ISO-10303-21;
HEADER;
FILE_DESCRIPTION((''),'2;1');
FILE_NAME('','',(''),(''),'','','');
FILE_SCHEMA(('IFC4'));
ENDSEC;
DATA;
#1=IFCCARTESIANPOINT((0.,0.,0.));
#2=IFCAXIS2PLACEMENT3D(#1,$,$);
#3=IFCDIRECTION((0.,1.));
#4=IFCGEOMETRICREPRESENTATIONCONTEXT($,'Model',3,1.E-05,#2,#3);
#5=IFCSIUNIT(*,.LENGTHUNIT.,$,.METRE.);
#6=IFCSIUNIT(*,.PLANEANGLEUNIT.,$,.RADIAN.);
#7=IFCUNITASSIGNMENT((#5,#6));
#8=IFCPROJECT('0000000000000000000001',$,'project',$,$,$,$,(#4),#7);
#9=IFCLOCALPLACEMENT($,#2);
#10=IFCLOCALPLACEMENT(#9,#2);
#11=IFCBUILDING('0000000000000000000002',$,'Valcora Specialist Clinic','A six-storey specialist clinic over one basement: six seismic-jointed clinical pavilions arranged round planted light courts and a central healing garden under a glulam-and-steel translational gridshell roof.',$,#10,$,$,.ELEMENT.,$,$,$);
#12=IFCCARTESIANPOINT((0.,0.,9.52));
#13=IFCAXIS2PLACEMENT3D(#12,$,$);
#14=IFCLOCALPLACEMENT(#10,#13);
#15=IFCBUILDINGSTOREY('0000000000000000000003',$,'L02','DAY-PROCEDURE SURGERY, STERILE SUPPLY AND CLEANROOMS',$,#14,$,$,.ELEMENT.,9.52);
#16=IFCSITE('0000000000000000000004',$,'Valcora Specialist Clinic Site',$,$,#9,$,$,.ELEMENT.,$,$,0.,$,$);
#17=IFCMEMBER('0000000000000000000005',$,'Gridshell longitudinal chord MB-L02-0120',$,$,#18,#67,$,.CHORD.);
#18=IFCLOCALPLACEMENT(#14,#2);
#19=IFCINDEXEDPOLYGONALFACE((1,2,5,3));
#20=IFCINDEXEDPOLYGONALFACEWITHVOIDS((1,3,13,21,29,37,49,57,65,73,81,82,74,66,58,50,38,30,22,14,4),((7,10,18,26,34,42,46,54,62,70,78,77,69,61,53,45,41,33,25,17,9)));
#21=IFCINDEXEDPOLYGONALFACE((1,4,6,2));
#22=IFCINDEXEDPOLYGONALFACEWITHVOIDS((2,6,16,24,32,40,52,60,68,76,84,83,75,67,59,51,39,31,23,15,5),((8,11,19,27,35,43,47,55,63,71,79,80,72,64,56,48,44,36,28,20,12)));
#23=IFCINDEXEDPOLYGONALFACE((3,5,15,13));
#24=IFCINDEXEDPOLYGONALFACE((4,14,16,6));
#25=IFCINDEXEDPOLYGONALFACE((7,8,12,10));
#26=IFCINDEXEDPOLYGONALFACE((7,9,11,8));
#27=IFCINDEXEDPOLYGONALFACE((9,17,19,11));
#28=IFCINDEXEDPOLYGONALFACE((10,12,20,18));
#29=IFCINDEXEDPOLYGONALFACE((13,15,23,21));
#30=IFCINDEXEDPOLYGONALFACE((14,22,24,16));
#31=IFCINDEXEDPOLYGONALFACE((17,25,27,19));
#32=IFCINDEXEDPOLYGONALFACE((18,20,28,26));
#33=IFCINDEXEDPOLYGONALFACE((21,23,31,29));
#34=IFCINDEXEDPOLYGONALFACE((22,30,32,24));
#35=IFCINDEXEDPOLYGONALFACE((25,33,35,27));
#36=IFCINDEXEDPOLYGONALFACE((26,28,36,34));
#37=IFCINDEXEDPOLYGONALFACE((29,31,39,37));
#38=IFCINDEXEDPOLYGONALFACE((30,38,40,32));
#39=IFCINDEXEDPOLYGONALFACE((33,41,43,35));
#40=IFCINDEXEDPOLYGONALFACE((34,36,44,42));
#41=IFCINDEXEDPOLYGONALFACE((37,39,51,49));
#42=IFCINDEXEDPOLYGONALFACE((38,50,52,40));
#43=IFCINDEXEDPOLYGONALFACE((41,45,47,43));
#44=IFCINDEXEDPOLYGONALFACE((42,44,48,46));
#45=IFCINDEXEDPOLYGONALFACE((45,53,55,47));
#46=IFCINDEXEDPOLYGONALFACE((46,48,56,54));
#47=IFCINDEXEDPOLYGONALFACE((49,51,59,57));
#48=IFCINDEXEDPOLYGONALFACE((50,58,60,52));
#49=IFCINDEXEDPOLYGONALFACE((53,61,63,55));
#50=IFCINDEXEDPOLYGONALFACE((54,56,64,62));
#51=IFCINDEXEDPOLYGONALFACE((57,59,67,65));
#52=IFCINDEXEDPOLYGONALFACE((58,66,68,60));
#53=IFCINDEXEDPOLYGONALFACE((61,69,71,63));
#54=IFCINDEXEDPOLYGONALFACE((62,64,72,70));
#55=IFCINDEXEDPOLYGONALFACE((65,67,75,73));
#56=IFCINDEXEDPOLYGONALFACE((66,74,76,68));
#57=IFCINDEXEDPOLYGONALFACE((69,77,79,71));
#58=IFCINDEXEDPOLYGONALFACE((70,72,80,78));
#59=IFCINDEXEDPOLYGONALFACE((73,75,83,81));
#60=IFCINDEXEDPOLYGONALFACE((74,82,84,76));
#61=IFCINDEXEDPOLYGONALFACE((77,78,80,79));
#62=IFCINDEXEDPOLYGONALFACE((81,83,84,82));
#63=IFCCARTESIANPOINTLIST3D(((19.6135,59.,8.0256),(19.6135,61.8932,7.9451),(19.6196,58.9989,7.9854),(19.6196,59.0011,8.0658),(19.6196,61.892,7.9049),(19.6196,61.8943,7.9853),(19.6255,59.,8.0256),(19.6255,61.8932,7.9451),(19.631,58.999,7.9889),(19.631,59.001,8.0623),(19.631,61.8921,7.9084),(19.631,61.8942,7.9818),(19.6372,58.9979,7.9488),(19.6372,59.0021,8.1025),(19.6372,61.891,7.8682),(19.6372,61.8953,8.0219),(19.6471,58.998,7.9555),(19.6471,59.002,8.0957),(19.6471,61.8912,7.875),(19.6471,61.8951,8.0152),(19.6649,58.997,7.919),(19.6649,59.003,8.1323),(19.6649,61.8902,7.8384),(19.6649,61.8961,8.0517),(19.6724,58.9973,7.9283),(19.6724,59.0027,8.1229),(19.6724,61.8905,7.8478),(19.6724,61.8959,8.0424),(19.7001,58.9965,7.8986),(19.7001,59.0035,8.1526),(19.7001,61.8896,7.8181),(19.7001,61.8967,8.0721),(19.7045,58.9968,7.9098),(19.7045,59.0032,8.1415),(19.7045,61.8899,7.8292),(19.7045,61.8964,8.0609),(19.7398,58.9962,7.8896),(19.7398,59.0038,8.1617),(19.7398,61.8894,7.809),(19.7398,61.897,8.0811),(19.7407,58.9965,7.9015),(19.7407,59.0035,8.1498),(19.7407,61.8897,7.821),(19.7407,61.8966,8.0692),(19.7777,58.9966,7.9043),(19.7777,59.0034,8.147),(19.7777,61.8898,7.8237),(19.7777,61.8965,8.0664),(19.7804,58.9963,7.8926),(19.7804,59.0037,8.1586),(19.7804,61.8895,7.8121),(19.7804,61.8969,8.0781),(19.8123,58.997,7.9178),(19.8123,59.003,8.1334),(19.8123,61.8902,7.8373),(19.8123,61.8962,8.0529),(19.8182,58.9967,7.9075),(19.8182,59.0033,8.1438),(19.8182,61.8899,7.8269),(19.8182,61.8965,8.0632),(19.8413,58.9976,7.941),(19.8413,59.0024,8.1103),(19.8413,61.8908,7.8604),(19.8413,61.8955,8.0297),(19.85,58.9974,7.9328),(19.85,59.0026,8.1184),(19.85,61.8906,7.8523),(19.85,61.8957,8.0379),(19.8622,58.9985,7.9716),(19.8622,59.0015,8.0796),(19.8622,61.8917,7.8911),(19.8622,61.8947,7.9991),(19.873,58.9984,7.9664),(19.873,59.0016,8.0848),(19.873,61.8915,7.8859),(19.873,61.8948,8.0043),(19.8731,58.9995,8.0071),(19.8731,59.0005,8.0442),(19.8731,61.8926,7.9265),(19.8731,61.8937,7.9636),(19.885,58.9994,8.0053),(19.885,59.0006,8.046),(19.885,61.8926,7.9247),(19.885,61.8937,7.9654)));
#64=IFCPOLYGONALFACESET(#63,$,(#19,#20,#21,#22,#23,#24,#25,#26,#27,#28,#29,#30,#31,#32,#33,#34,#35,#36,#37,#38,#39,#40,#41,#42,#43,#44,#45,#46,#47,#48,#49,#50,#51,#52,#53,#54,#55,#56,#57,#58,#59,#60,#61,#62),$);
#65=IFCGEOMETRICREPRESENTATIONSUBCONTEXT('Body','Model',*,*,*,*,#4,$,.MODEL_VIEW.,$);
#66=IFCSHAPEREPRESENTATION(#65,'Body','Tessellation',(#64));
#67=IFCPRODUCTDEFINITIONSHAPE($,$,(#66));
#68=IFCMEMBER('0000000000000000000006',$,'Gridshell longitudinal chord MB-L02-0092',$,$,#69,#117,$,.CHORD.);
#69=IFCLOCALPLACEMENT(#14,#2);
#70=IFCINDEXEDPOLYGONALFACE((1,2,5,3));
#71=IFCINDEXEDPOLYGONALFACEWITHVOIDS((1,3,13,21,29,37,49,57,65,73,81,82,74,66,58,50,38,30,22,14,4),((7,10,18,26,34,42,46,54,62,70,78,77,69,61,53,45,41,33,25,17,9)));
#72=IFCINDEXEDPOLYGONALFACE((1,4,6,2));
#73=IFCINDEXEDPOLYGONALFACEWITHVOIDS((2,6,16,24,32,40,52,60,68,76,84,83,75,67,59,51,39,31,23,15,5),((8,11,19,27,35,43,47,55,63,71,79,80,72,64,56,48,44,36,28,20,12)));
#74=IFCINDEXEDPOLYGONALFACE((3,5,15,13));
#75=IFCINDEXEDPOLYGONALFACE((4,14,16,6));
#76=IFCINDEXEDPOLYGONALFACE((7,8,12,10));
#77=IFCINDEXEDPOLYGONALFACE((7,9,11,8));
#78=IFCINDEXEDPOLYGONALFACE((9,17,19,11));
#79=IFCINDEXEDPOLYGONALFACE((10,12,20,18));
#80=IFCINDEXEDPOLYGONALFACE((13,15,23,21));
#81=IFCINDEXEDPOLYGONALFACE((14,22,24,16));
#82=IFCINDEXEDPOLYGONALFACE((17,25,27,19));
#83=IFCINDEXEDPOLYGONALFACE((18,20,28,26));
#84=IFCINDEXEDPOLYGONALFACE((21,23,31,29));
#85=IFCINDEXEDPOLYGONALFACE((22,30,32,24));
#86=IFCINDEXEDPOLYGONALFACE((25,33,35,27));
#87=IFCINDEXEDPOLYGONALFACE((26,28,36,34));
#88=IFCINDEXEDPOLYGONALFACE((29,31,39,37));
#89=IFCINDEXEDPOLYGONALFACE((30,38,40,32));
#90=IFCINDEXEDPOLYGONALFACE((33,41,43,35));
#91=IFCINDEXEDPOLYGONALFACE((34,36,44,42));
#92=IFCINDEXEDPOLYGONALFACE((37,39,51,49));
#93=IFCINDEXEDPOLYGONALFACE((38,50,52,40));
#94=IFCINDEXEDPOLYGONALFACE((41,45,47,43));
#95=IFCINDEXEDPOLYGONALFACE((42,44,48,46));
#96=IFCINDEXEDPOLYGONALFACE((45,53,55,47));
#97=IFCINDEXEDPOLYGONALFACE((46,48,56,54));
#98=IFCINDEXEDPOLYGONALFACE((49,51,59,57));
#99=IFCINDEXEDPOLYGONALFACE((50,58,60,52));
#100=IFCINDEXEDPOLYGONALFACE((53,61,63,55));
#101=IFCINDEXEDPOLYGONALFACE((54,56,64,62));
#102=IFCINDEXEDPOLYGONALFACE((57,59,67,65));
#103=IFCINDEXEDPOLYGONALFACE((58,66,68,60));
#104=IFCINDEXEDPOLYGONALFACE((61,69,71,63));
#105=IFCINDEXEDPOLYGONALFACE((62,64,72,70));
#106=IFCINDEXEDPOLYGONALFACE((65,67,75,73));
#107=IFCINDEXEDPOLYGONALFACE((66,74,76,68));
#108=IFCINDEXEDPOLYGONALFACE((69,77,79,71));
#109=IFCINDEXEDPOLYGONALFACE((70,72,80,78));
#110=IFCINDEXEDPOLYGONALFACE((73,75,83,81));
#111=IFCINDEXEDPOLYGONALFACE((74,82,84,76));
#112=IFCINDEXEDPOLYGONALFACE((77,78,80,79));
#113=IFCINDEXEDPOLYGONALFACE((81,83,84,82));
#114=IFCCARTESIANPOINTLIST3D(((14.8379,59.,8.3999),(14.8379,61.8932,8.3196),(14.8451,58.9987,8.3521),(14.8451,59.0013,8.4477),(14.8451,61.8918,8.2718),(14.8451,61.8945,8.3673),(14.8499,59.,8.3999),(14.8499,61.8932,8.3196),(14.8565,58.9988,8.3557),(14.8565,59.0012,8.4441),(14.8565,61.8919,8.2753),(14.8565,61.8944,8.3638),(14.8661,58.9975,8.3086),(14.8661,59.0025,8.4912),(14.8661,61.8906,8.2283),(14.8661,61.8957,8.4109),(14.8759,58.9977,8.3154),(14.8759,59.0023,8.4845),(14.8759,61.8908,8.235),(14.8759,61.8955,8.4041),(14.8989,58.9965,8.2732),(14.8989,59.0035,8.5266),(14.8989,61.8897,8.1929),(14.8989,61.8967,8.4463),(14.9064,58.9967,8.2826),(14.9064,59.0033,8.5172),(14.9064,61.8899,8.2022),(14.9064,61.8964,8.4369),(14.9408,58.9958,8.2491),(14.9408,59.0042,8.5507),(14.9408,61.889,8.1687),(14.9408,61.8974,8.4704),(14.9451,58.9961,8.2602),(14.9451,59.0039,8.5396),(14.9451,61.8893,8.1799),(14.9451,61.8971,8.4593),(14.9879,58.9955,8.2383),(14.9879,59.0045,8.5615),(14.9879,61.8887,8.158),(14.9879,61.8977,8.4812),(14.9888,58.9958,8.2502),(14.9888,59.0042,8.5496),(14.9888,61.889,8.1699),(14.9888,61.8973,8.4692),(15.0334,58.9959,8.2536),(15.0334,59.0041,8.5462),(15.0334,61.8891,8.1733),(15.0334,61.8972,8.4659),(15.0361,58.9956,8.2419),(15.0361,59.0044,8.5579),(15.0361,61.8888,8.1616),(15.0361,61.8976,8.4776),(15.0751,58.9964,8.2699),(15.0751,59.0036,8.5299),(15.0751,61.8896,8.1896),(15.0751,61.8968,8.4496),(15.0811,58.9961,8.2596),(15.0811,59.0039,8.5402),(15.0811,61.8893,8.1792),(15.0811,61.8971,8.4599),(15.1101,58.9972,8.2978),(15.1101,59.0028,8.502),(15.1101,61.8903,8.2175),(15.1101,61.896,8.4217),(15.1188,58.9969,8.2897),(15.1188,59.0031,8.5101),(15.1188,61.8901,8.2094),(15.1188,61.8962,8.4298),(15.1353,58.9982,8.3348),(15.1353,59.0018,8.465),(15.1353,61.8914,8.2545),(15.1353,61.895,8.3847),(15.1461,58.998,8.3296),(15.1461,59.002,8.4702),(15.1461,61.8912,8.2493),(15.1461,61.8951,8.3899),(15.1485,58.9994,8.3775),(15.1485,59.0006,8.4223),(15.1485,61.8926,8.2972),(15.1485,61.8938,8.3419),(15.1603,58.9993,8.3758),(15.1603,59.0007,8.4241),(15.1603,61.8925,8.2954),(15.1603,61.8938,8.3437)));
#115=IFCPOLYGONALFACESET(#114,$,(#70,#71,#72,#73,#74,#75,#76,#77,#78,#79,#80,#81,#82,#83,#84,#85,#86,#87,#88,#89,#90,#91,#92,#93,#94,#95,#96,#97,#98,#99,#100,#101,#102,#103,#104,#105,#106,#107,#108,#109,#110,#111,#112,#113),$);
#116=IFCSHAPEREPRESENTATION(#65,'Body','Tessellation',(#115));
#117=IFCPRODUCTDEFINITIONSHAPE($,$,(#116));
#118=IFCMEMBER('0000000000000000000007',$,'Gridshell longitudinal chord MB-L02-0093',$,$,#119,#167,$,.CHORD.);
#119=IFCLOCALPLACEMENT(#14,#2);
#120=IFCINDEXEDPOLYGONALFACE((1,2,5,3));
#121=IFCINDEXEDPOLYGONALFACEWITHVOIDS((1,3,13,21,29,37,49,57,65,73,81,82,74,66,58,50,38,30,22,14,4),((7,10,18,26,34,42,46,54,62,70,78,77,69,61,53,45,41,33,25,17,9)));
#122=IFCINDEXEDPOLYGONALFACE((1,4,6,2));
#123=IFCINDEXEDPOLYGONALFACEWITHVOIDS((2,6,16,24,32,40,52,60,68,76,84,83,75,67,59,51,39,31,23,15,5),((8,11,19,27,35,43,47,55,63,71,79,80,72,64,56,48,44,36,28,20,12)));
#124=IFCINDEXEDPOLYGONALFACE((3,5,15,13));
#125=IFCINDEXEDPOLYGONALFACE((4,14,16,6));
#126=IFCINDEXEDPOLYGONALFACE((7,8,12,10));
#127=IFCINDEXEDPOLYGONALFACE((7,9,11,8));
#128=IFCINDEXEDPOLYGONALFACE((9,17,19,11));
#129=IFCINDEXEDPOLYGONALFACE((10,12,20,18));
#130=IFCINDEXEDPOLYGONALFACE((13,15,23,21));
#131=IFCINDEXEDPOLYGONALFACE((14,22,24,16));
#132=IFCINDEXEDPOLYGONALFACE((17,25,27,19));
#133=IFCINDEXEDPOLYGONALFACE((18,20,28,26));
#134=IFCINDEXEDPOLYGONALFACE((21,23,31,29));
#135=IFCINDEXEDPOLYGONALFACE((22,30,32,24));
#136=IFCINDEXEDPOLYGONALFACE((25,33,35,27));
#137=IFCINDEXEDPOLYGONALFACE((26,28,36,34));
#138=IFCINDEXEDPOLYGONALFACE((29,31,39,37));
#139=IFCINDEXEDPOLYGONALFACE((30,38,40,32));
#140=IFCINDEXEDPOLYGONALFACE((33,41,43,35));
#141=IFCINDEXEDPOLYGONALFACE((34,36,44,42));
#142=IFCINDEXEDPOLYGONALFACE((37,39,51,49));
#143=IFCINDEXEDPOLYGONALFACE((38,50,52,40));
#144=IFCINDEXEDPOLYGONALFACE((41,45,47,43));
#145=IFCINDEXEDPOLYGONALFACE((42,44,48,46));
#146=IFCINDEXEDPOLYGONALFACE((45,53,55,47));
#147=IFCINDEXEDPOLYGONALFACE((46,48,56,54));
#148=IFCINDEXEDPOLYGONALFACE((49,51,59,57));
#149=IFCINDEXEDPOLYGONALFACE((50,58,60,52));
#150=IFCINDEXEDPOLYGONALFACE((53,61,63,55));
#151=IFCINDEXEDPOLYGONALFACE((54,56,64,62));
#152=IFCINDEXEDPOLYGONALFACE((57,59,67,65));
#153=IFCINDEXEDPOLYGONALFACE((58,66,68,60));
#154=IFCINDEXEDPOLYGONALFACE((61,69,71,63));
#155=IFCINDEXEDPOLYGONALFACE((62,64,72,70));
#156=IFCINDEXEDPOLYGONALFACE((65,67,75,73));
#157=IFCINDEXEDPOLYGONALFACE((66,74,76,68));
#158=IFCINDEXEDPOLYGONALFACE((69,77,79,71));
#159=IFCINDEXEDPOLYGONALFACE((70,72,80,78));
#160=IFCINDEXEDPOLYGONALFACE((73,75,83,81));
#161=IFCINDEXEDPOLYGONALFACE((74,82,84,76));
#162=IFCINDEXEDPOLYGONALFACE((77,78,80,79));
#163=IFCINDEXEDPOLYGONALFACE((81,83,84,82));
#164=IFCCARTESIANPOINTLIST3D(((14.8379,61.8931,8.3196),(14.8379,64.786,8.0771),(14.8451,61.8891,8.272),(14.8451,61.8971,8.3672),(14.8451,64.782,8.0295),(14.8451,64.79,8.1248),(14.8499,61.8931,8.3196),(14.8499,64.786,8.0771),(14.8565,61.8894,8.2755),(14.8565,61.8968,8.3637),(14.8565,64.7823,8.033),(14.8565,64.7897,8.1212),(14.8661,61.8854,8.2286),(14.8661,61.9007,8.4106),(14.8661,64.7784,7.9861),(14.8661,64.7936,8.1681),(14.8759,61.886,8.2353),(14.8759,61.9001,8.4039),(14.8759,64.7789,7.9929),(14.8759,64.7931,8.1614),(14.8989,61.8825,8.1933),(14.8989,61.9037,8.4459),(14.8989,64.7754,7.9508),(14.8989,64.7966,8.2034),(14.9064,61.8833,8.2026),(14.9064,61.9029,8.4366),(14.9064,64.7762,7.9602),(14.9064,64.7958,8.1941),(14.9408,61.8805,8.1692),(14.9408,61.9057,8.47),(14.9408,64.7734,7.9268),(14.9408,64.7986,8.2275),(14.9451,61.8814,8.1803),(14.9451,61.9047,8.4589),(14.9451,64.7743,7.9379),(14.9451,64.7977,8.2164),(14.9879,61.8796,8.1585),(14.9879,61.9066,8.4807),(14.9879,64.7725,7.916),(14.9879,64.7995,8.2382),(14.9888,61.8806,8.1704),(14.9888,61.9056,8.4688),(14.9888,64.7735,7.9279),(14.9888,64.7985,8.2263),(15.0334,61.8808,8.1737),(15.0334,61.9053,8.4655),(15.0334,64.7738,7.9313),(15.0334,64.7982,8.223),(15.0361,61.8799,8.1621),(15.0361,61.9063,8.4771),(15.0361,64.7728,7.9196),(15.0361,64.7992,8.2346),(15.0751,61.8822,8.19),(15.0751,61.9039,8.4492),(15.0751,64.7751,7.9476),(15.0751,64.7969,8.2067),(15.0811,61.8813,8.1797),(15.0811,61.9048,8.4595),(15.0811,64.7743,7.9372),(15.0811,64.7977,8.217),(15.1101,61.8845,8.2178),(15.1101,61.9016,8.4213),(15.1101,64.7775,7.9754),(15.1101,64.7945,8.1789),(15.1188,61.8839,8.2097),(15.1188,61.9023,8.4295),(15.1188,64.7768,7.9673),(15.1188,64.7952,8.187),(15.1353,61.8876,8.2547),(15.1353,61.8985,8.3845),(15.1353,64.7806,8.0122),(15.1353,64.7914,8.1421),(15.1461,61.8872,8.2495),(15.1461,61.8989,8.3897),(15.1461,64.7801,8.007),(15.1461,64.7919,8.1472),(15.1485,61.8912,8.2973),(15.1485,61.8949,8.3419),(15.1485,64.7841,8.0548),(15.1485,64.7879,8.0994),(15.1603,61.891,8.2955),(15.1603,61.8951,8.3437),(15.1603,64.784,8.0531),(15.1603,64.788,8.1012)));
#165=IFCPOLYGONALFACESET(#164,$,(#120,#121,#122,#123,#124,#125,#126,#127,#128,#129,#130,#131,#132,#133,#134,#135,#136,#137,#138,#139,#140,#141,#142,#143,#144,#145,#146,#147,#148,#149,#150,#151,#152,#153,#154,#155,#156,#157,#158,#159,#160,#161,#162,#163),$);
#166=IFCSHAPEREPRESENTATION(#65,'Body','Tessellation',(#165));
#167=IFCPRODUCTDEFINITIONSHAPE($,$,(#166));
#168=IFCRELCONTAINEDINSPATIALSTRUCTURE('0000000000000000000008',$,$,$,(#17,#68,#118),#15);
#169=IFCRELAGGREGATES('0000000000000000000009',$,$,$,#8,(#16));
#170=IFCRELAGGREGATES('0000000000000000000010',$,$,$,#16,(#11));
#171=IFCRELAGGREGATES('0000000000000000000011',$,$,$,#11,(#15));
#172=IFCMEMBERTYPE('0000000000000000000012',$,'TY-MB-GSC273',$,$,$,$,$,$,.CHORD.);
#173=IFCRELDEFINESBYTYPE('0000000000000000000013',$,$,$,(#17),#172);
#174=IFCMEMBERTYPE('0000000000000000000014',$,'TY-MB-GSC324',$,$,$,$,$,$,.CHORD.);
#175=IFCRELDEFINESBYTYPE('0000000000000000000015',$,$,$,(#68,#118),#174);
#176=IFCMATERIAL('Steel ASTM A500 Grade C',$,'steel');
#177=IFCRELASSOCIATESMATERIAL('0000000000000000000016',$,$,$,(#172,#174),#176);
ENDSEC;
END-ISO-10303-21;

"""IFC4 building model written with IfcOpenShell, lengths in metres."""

from ifc_helpers import new_model, si_unit, direction, frame, origin, origin_2d, place, context, subcontext, project, spatial, hollow_circle, extrude, material, material_profile, profile_set, type_object, element, save


model = new_model("IFC4")

# Units and contexts
model_context = context("Model", 3, precision=1e-05, world=origin(), true_north=direction((0.0, 1.0)))
body_context = subcontext(model_context, "Body", "Model", "MODEL_VIEW")
ifc_project = project(units=[si_unit("LENGTHUNIT", "METRE"), si_unit("PLANEANGLEUNIT", "RADIAN")], contexts=[model_context])

# Site, building, storey
site_placement = place(None, origin())
site = spatial("IfcSite", under=ifc_project, at=site_placement, Name="Valcora Specialist Clinic Site", CompositionType="ELEMENT", RefElevation=0.0)
building_placement = place(site_placement, origin())
building = spatial("IfcBuilding", under=site, at=building_placement, Name="Valcora Specialist Clinic", Description="A six-storey specialist clinic over one basement: six seismic-jointed clinical pavilions arranged round planted light courts and a central healing garden under a glulam-and-steel translational gridshell roof.", CompositionType="ELEMENT")
storey_placement = place(building_placement, frame((0.0, 0.0, 9.52)))
storey = spatial("IfcBuildingStorey", under=building, at=storey_placement, Name="L02", Description="DAY-PROCEDURE SURGERY, STERILE SUPPLY AND CLEANROOMS", CompositionType="ELEMENT", Elevation=9.52)

# Members
ifc_material_1 = material(Name="Steel ASTM A500 Grade C", Category="steel")
ifc_material_profile_1 = material_profile(ifc_material_1, hollow_circle(Radius=0.1365, WallThickness=0.012, at=origin_2d()), Name="ST-CHS-273X12")
ifc_profile_set_1 = profile_set([ifc_material_profile_1], Name="Steel ASTM A500 Grade C")
member_type_1 = type_object("IfcMemberType", Name="TY-MB-GSC273", PredefinedType="CHORD", material=ifc_profile_set_1)
member_1_placement = place(storey_placement, frame((19.75, 59.0, 8.0256), z_axis=(0.0, 0.999612, -0.027837), x_axis=(-1.0, 0.0, 0.0)))
element("IfcMember", 1, at=member_1_placement, inside=storey, type_object=member_type_1, Name="Gridshell longitudinal chord MB-L02-0120", PredefinedType="CHORD", context=body_context, shape_type="SweptSolid", body=[
    extrude(hollow_circle(Radius=0.1365, WallThickness=0.012, at=origin_2d()), origin(), (0.0, 0.0, 1.0), 2.8943),
])
ifc_material_profile_2 = material_profile(ifc_material_1, hollow_circle(Radius=0.1621, WallThickness=0.012, at=origin_2d()), Name="ST-CHS-324X12")
ifc_profile_set_2 = profile_set([ifc_material_profile_2], Name="Steel ASTM A500 Grade C")
member_type_2 = type_object("IfcMemberType", Name="TY-MB-GSC324", PredefinedType="CHORD", material=ifc_profile_set_2)
member_2_placement = place(storey_placement, frame((15.0, 59.0, 8.3999), z_axis=(0.0, 0.999615, -0.027753), x_axis=(-1.0, 0.0, 0.0)))
element("IfcMember", 2, at=member_2_placement, inside=storey, type_object=member_type_2, Name="Gridshell longitudinal chord MB-L02-0092", PredefinedType="CHORD", context=body_context, shape_type="SweptSolid", body=[
    extrude(hollow_circle(Radius=0.1621, WallThickness=0.012, at=origin_2d()), origin(), (0.0, 0.0, 1.0), 2.8943),
])
member_3_placement = place(storey_placement, frame((15.0, 61.8931, 8.3196), z_axis=(0.0, 0.996507, -0.083512), x_axis=(-1.0, 0.0, 0.0)))
element("IfcMember", 3, at=member_3_placement, inside=storey, type_object=member_type_2, Name="Gridshell longitudinal chord MB-L02-0093", PredefinedType="CHORD", context=body_context, shape_type="SweptSolid", body=[
    extrude(hollow_circle(Radius=0.1621, WallThickness=0.012, at=origin_2d()), origin(), (0.0, 0.0, 1.0), 2.9031),
])

save(model, "model.ifc")
